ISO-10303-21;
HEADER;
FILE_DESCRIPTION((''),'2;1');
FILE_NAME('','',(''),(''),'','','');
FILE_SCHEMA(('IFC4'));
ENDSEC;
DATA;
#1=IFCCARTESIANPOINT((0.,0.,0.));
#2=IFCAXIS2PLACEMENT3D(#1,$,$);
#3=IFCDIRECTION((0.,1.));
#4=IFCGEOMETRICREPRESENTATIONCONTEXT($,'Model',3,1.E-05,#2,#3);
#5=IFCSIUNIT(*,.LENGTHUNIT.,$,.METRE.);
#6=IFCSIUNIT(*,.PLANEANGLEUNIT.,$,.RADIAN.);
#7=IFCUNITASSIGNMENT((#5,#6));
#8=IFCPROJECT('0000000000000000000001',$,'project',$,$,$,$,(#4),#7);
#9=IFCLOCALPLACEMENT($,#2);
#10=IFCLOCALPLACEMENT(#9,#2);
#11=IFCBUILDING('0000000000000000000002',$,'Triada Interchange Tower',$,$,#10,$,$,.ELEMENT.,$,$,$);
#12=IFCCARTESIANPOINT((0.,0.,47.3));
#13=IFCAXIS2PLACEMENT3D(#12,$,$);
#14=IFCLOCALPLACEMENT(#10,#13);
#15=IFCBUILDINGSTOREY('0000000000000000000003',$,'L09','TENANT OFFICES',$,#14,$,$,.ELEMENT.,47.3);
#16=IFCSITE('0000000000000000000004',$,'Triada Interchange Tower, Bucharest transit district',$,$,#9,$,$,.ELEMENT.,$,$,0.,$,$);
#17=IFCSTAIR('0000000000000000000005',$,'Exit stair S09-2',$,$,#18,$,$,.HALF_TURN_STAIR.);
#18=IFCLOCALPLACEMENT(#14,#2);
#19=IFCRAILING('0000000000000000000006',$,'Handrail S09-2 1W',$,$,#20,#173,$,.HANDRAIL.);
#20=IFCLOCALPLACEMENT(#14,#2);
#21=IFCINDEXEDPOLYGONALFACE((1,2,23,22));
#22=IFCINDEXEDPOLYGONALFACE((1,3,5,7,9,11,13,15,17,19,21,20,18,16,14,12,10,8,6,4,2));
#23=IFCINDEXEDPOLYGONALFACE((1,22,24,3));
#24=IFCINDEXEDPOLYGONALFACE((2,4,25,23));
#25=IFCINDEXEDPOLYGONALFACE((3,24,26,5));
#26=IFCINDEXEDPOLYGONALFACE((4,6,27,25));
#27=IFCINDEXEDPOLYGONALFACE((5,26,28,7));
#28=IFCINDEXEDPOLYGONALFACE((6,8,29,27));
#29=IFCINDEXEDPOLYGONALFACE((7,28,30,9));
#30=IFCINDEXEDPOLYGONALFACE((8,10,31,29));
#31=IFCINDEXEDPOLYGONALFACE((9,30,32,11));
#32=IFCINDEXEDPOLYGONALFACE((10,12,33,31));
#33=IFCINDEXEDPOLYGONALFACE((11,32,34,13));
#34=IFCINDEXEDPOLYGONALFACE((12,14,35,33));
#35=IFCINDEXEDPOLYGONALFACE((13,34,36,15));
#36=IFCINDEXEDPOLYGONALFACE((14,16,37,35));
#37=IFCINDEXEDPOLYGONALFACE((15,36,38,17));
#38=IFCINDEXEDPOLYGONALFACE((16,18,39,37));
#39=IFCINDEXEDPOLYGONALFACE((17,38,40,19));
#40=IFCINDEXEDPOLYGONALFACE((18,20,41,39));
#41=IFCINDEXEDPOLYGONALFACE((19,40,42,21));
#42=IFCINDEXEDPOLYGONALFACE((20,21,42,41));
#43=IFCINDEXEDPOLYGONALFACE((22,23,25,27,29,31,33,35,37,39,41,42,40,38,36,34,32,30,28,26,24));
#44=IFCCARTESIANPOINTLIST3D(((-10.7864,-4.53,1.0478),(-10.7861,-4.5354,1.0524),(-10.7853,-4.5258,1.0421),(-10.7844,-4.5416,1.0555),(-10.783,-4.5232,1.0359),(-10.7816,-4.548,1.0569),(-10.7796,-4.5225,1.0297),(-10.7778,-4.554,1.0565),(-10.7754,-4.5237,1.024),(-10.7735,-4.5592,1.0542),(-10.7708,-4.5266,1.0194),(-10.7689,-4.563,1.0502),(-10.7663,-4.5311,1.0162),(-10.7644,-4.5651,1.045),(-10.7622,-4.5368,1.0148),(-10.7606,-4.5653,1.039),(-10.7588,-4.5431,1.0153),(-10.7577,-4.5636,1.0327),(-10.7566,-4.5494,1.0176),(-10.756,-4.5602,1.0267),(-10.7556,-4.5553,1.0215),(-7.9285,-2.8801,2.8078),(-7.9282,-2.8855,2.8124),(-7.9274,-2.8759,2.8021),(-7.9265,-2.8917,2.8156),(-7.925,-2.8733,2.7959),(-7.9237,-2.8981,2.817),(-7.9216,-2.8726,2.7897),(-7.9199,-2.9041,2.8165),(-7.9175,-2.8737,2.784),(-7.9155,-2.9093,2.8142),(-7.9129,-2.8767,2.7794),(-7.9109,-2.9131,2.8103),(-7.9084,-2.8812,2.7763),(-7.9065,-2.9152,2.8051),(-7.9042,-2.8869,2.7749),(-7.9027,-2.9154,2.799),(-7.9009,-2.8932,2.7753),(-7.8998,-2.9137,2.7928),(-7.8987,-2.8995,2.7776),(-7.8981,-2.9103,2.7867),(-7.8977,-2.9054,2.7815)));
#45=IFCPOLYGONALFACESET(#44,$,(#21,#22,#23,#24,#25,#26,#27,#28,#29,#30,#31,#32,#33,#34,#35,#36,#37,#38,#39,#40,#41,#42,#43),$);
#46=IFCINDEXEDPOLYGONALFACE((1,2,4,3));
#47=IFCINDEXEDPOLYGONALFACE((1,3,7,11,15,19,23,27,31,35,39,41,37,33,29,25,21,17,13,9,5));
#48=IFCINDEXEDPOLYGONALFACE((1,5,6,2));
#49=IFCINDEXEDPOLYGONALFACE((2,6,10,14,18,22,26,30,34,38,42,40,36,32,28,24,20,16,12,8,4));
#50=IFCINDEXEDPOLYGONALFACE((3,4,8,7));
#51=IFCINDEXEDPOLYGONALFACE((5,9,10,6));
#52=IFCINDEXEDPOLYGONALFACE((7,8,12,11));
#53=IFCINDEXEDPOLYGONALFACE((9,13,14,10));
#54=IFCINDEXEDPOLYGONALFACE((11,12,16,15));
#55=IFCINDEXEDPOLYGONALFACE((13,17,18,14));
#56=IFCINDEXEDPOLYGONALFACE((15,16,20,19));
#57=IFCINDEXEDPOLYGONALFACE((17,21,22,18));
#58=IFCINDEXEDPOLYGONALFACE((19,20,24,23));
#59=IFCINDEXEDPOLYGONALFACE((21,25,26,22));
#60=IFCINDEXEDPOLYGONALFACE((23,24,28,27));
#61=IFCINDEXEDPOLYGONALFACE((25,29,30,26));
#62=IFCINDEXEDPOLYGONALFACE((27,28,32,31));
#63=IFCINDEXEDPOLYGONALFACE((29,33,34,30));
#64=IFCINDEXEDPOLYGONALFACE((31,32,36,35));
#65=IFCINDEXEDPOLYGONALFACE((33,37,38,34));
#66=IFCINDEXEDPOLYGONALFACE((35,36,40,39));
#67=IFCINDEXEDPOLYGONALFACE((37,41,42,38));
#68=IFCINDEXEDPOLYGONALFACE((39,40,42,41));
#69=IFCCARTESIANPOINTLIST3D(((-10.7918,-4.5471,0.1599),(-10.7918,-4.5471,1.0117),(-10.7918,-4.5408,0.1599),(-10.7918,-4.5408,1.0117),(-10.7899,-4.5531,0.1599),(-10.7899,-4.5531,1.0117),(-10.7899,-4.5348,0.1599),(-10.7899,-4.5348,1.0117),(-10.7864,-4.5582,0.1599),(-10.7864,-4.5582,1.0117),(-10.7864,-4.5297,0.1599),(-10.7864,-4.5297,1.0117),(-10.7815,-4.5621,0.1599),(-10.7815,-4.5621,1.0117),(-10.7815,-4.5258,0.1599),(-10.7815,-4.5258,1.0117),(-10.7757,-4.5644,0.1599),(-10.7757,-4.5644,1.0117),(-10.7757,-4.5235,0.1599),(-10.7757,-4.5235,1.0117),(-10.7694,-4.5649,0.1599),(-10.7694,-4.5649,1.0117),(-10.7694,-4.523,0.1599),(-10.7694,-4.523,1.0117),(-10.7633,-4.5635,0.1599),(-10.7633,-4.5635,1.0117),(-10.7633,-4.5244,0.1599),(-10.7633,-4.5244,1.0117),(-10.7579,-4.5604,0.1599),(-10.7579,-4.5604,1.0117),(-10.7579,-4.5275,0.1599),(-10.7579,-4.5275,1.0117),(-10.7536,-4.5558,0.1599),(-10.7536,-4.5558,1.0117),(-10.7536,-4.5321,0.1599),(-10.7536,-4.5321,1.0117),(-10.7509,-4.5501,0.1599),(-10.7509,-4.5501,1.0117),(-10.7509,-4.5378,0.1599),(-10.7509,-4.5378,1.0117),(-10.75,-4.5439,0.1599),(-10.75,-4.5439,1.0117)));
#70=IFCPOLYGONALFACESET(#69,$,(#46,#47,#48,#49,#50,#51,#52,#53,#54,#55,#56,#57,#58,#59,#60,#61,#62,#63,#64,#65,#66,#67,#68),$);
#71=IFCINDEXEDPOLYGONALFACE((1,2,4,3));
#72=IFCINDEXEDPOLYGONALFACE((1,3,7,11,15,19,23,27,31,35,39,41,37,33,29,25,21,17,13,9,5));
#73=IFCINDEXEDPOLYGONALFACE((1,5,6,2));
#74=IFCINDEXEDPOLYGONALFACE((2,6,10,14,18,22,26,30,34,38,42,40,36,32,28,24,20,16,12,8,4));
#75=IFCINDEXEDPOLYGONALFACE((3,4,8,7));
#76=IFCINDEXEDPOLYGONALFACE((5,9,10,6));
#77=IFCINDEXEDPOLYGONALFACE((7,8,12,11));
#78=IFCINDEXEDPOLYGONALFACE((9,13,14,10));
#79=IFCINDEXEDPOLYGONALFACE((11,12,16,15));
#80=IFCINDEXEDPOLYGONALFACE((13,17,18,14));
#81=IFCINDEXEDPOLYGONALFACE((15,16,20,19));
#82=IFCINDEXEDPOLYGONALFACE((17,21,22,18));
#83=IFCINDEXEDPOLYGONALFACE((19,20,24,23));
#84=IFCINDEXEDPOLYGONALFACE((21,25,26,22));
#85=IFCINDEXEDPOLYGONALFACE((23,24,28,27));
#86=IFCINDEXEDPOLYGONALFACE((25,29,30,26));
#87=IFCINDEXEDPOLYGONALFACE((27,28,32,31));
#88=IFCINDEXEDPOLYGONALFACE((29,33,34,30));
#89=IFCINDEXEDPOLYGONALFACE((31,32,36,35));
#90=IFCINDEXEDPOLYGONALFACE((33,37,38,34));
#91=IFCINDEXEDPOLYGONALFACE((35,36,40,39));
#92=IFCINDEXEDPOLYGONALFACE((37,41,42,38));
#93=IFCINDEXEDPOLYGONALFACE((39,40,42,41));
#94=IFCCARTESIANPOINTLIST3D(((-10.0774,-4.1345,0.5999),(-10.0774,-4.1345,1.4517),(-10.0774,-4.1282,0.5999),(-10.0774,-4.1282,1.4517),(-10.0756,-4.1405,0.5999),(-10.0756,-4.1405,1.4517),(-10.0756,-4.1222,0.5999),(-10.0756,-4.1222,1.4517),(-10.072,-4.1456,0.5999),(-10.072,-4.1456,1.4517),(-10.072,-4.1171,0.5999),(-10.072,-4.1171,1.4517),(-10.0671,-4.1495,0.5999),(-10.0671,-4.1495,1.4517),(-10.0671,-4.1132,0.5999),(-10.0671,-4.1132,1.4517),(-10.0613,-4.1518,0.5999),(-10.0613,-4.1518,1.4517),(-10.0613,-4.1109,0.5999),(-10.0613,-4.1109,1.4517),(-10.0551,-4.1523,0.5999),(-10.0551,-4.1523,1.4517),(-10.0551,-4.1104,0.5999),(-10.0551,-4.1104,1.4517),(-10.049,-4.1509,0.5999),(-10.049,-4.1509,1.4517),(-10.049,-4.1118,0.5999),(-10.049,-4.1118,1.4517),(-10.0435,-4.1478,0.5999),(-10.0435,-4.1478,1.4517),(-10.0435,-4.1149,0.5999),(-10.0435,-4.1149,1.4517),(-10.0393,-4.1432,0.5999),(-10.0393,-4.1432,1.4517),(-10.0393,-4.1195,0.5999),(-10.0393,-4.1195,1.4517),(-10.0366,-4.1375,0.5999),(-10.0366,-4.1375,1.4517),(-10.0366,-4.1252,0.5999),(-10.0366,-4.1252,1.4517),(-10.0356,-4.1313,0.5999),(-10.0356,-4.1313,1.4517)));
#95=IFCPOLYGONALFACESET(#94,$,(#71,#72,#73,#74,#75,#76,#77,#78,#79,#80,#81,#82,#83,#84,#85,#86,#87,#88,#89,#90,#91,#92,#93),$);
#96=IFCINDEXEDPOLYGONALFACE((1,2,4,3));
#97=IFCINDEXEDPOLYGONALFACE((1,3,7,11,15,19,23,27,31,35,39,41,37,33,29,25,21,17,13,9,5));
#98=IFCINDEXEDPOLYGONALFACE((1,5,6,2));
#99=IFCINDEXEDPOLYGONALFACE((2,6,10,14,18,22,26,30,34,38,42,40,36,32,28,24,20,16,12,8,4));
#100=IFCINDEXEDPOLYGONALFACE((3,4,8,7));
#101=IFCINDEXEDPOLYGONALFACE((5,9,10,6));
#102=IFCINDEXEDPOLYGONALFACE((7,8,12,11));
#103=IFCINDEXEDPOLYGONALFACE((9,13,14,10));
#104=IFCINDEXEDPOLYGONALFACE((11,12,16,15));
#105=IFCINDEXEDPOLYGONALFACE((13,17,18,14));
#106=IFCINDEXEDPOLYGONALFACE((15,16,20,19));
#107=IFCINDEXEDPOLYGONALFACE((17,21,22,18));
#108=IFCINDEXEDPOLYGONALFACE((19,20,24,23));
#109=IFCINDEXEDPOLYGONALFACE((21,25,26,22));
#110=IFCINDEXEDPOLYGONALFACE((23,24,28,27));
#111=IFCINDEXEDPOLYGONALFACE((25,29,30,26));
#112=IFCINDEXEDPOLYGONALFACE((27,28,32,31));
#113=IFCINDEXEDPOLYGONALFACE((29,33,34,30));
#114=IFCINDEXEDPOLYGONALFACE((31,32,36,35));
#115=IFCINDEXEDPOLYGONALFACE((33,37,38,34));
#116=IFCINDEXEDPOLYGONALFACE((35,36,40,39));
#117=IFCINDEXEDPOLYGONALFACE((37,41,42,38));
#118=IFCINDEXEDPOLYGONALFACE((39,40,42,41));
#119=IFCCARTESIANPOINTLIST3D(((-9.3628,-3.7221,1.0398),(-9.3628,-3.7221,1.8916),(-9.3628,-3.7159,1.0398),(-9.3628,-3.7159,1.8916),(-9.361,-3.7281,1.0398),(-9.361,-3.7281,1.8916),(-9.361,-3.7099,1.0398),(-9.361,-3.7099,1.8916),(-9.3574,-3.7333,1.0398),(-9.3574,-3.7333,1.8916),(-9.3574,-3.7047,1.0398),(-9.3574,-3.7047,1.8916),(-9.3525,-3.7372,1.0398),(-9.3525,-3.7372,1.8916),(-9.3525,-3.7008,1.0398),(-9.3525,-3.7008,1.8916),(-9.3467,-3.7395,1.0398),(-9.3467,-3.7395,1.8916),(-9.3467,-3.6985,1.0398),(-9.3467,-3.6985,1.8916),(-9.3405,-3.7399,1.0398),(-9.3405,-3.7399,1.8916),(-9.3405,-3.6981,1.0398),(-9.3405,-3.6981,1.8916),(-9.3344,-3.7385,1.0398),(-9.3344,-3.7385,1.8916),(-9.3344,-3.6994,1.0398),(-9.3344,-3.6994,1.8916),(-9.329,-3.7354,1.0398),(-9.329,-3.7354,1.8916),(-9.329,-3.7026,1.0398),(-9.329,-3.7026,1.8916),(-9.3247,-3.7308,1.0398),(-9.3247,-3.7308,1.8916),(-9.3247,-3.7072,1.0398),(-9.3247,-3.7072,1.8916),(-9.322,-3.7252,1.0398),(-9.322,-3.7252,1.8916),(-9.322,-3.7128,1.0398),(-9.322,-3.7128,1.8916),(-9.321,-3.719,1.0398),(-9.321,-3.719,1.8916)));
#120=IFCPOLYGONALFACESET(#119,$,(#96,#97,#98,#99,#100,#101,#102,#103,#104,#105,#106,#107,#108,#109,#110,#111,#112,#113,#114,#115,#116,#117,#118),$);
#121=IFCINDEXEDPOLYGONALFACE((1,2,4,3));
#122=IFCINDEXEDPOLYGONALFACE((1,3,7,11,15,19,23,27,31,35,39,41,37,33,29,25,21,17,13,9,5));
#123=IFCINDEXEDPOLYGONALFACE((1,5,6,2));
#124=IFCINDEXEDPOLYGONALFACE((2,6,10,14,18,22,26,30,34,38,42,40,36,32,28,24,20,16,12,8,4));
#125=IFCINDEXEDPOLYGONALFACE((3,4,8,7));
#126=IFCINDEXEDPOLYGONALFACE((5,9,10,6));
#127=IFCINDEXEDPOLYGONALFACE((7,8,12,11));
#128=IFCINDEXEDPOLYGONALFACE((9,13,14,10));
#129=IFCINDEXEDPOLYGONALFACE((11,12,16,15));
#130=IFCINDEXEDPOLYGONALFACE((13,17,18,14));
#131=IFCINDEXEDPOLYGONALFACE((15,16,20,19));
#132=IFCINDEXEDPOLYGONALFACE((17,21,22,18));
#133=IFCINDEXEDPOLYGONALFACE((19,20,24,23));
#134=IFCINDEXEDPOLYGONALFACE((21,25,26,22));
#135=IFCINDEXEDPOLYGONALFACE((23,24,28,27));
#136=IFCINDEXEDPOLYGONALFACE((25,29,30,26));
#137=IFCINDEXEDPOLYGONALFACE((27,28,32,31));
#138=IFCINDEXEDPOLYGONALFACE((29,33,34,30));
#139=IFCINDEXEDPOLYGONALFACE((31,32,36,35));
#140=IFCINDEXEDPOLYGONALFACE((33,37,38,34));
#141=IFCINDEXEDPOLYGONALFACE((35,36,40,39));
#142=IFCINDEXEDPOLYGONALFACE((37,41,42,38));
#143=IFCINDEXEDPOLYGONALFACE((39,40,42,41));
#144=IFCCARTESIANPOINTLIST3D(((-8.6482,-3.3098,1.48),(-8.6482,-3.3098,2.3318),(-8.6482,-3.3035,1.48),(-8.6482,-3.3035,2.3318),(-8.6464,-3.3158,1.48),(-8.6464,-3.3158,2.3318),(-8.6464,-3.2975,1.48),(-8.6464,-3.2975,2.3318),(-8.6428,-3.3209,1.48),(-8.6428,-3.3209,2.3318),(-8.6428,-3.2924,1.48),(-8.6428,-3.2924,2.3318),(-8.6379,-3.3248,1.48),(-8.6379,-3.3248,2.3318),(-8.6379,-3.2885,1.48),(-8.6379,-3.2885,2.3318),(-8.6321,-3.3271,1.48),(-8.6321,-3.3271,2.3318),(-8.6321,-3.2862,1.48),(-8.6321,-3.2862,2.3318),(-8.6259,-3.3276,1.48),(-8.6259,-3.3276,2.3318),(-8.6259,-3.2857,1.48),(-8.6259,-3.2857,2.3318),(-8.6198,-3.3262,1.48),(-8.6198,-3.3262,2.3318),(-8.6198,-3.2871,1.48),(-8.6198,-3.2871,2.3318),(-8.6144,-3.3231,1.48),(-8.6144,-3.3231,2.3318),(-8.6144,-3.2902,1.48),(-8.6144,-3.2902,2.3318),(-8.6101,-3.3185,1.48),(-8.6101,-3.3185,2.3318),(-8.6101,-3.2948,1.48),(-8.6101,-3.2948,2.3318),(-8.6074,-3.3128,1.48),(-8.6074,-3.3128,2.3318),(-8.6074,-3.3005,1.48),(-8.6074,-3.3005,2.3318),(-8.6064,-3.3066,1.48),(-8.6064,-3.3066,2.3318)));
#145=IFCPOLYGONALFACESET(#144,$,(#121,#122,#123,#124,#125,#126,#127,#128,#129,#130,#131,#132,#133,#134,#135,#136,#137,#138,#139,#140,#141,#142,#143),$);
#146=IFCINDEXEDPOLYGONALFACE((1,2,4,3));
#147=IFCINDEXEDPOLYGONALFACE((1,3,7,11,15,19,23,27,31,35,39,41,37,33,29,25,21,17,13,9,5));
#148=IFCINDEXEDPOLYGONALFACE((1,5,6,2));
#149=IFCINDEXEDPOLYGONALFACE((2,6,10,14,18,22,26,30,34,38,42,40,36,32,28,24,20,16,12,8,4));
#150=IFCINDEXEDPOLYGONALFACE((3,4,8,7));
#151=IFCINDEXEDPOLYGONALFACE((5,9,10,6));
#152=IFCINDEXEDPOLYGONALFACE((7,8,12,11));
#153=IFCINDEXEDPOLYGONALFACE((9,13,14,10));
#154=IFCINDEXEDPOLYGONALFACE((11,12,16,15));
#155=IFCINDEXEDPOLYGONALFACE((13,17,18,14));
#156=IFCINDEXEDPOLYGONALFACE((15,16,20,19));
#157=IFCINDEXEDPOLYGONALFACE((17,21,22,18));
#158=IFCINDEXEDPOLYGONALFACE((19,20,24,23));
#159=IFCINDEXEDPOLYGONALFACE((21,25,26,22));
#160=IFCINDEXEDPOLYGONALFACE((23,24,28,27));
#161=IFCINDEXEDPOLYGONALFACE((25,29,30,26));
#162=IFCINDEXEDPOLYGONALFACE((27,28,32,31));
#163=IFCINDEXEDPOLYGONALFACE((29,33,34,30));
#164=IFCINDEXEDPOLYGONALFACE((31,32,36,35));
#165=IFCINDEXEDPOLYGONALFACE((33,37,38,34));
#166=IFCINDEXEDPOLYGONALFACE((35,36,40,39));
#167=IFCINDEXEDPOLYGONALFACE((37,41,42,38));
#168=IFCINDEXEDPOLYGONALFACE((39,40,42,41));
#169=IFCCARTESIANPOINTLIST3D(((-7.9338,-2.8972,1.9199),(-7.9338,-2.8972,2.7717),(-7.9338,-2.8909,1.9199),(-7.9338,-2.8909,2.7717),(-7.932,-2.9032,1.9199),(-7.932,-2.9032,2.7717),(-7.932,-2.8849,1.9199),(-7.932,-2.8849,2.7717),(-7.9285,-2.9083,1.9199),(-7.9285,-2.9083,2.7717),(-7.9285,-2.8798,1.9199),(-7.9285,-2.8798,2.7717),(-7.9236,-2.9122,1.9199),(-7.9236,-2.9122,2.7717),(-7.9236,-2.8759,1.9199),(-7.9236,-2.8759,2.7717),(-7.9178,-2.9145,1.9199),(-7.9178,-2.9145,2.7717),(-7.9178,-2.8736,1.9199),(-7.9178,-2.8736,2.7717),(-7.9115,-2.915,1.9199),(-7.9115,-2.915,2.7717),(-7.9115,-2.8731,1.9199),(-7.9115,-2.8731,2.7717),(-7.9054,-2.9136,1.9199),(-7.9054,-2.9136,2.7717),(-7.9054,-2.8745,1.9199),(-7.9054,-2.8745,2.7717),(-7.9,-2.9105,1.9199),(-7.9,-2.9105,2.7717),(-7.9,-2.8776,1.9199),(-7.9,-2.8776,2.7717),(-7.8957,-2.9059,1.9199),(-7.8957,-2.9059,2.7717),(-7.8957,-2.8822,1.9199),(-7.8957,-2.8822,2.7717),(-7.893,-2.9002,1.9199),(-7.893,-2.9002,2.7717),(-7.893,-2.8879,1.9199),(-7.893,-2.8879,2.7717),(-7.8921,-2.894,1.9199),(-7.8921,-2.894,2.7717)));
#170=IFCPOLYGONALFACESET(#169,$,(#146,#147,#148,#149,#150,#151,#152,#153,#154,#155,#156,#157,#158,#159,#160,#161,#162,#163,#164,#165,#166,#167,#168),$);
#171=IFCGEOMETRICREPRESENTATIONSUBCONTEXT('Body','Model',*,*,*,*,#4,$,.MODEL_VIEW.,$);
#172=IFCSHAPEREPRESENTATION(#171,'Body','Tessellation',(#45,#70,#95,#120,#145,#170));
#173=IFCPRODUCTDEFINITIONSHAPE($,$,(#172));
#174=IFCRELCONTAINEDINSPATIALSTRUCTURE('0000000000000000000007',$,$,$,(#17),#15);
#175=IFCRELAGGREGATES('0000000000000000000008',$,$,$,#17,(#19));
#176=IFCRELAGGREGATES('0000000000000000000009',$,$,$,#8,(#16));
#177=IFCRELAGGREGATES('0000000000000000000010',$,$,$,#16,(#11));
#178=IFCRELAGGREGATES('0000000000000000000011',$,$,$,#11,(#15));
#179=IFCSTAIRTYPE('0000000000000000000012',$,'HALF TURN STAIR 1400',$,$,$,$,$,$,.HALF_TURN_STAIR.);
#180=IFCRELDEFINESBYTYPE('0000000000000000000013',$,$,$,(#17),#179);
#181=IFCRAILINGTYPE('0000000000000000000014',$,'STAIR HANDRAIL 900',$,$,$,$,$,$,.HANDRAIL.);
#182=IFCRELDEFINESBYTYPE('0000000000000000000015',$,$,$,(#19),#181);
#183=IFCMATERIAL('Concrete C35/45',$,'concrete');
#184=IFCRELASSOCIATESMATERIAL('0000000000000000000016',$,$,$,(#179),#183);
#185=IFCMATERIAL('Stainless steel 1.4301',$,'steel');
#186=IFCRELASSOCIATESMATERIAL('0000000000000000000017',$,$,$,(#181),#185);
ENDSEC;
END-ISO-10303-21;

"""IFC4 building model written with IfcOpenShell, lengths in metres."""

from ifc_helpers import new_model, si_unit, direction, frame, origin, origin_2d, place, context, subcontext, project, spatial, circle, extrude, material, type_object, element, aggregate, save


model = new_model("IFC4")

# Units and contexts
model_context = context("Model", 3, precision=1e-05, world=origin(), true_north=direction((0.0, 1.0)))
body_context = subcontext(model_context, "Body", "Model", "MODEL_VIEW")
ifc_project = project(units=[si_unit("LENGTHUNIT", "METRE"), si_unit("PLANEANGLEUNIT", "RADIAN")], contexts=[model_context])

# Site, building, storey
site_placement = place(None, origin())
site = spatial("IfcSite", under=ifc_project, at=site_placement, Name="Triada Interchange Tower, Bucharest transit district", CompositionType="ELEMENT", RefElevation=0.0)
building_placement = place(site_placement, origin())
building = spatial("IfcBuilding", under=site, at=building_placement, Name="Triada Interchange Tower", CompositionType="ELEMENT")
storey_placement = place(building_placement, frame((0.0, 0.0, 47.3)))
storey = spatial("IfcBuildingStorey", under=building, at=storey_placement, Name="L09", Description="TENANT OFFICES", CompositionType="ELEMENT", Elevation=47.3)

# Stair, railing
ifc_material_1 = material(Name="Concrete C35/45", Category="concrete")
stair_type = type_object("IfcStairType", Name="HALF TURN STAIR 1400", PredefinedType="HALF_TURN_STAIR", material=ifc_material_1)
stair_placement = place(storey_placement, origin())
stair = element("IfcStair", 1, at=stair_placement, inside=storey, type_object=stair_type, Name="Exit stair S09-2", PredefinedType="HALF_TURN_STAIR")
ifc_material_2 = material(Name="Stainless steel 1.4301", Category="steel")
railing_type = type_object("IfcRailingType", Name="STAIR HANDRAIL 900", PredefinedType="HANDRAIL", material=ifc_material_2)
railing_1_placement = place(storey_placement, frame((-10.771, -4.5439, 0.1599)))
railing_1 = element("IfcRailing", 2, at=railing_1_placement, type_object=railing_type, Name="Handrail S09-2 1W", PredefinedType="HANDRAIL", context=body_context, shape_type="SweptSolid", body=[
    extrude(circle(Radius=0.0239, at=origin_2d()), frame((0.0, 0.0, 0.876), z_axis=(0.764151, 0.441153, 0.470593), x_axis=(-0.499974, 0.86604, 0.0)), (0.0, 0.0, 1.0), 3.74),
    extrude(circle(Radius=0.021, at=origin_2d()), origin(), (0.0, 0.0, 1.0), 0.8518),
    extrude(circle(Radius=0.021, at=origin_2d()), frame((0.7144, 0.4126, 0.4399)), (0.0, 0.0, 1.0), 0.8518),
    extrude(circle(Radius=0.021, at=origin_2d()), frame((1.429, 0.825, 0.8799)), (0.0, 0.0, 1.0), 0.8518),
    extrude(circle(Radius=0.021, at=origin_2d()), frame((2.1436, 1.2373, 1.3201)), (0.0, 0.0, 1.0), 0.8518),
    extrude(circle(Radius=0.021, at=origin_2d()), frame((2.8579, 1.6499, 1.76)), (0.0, 0.0, 1.0), 0.8518),
])
aggregate(stair, [railing_1])

save(model, "model.ifc")
